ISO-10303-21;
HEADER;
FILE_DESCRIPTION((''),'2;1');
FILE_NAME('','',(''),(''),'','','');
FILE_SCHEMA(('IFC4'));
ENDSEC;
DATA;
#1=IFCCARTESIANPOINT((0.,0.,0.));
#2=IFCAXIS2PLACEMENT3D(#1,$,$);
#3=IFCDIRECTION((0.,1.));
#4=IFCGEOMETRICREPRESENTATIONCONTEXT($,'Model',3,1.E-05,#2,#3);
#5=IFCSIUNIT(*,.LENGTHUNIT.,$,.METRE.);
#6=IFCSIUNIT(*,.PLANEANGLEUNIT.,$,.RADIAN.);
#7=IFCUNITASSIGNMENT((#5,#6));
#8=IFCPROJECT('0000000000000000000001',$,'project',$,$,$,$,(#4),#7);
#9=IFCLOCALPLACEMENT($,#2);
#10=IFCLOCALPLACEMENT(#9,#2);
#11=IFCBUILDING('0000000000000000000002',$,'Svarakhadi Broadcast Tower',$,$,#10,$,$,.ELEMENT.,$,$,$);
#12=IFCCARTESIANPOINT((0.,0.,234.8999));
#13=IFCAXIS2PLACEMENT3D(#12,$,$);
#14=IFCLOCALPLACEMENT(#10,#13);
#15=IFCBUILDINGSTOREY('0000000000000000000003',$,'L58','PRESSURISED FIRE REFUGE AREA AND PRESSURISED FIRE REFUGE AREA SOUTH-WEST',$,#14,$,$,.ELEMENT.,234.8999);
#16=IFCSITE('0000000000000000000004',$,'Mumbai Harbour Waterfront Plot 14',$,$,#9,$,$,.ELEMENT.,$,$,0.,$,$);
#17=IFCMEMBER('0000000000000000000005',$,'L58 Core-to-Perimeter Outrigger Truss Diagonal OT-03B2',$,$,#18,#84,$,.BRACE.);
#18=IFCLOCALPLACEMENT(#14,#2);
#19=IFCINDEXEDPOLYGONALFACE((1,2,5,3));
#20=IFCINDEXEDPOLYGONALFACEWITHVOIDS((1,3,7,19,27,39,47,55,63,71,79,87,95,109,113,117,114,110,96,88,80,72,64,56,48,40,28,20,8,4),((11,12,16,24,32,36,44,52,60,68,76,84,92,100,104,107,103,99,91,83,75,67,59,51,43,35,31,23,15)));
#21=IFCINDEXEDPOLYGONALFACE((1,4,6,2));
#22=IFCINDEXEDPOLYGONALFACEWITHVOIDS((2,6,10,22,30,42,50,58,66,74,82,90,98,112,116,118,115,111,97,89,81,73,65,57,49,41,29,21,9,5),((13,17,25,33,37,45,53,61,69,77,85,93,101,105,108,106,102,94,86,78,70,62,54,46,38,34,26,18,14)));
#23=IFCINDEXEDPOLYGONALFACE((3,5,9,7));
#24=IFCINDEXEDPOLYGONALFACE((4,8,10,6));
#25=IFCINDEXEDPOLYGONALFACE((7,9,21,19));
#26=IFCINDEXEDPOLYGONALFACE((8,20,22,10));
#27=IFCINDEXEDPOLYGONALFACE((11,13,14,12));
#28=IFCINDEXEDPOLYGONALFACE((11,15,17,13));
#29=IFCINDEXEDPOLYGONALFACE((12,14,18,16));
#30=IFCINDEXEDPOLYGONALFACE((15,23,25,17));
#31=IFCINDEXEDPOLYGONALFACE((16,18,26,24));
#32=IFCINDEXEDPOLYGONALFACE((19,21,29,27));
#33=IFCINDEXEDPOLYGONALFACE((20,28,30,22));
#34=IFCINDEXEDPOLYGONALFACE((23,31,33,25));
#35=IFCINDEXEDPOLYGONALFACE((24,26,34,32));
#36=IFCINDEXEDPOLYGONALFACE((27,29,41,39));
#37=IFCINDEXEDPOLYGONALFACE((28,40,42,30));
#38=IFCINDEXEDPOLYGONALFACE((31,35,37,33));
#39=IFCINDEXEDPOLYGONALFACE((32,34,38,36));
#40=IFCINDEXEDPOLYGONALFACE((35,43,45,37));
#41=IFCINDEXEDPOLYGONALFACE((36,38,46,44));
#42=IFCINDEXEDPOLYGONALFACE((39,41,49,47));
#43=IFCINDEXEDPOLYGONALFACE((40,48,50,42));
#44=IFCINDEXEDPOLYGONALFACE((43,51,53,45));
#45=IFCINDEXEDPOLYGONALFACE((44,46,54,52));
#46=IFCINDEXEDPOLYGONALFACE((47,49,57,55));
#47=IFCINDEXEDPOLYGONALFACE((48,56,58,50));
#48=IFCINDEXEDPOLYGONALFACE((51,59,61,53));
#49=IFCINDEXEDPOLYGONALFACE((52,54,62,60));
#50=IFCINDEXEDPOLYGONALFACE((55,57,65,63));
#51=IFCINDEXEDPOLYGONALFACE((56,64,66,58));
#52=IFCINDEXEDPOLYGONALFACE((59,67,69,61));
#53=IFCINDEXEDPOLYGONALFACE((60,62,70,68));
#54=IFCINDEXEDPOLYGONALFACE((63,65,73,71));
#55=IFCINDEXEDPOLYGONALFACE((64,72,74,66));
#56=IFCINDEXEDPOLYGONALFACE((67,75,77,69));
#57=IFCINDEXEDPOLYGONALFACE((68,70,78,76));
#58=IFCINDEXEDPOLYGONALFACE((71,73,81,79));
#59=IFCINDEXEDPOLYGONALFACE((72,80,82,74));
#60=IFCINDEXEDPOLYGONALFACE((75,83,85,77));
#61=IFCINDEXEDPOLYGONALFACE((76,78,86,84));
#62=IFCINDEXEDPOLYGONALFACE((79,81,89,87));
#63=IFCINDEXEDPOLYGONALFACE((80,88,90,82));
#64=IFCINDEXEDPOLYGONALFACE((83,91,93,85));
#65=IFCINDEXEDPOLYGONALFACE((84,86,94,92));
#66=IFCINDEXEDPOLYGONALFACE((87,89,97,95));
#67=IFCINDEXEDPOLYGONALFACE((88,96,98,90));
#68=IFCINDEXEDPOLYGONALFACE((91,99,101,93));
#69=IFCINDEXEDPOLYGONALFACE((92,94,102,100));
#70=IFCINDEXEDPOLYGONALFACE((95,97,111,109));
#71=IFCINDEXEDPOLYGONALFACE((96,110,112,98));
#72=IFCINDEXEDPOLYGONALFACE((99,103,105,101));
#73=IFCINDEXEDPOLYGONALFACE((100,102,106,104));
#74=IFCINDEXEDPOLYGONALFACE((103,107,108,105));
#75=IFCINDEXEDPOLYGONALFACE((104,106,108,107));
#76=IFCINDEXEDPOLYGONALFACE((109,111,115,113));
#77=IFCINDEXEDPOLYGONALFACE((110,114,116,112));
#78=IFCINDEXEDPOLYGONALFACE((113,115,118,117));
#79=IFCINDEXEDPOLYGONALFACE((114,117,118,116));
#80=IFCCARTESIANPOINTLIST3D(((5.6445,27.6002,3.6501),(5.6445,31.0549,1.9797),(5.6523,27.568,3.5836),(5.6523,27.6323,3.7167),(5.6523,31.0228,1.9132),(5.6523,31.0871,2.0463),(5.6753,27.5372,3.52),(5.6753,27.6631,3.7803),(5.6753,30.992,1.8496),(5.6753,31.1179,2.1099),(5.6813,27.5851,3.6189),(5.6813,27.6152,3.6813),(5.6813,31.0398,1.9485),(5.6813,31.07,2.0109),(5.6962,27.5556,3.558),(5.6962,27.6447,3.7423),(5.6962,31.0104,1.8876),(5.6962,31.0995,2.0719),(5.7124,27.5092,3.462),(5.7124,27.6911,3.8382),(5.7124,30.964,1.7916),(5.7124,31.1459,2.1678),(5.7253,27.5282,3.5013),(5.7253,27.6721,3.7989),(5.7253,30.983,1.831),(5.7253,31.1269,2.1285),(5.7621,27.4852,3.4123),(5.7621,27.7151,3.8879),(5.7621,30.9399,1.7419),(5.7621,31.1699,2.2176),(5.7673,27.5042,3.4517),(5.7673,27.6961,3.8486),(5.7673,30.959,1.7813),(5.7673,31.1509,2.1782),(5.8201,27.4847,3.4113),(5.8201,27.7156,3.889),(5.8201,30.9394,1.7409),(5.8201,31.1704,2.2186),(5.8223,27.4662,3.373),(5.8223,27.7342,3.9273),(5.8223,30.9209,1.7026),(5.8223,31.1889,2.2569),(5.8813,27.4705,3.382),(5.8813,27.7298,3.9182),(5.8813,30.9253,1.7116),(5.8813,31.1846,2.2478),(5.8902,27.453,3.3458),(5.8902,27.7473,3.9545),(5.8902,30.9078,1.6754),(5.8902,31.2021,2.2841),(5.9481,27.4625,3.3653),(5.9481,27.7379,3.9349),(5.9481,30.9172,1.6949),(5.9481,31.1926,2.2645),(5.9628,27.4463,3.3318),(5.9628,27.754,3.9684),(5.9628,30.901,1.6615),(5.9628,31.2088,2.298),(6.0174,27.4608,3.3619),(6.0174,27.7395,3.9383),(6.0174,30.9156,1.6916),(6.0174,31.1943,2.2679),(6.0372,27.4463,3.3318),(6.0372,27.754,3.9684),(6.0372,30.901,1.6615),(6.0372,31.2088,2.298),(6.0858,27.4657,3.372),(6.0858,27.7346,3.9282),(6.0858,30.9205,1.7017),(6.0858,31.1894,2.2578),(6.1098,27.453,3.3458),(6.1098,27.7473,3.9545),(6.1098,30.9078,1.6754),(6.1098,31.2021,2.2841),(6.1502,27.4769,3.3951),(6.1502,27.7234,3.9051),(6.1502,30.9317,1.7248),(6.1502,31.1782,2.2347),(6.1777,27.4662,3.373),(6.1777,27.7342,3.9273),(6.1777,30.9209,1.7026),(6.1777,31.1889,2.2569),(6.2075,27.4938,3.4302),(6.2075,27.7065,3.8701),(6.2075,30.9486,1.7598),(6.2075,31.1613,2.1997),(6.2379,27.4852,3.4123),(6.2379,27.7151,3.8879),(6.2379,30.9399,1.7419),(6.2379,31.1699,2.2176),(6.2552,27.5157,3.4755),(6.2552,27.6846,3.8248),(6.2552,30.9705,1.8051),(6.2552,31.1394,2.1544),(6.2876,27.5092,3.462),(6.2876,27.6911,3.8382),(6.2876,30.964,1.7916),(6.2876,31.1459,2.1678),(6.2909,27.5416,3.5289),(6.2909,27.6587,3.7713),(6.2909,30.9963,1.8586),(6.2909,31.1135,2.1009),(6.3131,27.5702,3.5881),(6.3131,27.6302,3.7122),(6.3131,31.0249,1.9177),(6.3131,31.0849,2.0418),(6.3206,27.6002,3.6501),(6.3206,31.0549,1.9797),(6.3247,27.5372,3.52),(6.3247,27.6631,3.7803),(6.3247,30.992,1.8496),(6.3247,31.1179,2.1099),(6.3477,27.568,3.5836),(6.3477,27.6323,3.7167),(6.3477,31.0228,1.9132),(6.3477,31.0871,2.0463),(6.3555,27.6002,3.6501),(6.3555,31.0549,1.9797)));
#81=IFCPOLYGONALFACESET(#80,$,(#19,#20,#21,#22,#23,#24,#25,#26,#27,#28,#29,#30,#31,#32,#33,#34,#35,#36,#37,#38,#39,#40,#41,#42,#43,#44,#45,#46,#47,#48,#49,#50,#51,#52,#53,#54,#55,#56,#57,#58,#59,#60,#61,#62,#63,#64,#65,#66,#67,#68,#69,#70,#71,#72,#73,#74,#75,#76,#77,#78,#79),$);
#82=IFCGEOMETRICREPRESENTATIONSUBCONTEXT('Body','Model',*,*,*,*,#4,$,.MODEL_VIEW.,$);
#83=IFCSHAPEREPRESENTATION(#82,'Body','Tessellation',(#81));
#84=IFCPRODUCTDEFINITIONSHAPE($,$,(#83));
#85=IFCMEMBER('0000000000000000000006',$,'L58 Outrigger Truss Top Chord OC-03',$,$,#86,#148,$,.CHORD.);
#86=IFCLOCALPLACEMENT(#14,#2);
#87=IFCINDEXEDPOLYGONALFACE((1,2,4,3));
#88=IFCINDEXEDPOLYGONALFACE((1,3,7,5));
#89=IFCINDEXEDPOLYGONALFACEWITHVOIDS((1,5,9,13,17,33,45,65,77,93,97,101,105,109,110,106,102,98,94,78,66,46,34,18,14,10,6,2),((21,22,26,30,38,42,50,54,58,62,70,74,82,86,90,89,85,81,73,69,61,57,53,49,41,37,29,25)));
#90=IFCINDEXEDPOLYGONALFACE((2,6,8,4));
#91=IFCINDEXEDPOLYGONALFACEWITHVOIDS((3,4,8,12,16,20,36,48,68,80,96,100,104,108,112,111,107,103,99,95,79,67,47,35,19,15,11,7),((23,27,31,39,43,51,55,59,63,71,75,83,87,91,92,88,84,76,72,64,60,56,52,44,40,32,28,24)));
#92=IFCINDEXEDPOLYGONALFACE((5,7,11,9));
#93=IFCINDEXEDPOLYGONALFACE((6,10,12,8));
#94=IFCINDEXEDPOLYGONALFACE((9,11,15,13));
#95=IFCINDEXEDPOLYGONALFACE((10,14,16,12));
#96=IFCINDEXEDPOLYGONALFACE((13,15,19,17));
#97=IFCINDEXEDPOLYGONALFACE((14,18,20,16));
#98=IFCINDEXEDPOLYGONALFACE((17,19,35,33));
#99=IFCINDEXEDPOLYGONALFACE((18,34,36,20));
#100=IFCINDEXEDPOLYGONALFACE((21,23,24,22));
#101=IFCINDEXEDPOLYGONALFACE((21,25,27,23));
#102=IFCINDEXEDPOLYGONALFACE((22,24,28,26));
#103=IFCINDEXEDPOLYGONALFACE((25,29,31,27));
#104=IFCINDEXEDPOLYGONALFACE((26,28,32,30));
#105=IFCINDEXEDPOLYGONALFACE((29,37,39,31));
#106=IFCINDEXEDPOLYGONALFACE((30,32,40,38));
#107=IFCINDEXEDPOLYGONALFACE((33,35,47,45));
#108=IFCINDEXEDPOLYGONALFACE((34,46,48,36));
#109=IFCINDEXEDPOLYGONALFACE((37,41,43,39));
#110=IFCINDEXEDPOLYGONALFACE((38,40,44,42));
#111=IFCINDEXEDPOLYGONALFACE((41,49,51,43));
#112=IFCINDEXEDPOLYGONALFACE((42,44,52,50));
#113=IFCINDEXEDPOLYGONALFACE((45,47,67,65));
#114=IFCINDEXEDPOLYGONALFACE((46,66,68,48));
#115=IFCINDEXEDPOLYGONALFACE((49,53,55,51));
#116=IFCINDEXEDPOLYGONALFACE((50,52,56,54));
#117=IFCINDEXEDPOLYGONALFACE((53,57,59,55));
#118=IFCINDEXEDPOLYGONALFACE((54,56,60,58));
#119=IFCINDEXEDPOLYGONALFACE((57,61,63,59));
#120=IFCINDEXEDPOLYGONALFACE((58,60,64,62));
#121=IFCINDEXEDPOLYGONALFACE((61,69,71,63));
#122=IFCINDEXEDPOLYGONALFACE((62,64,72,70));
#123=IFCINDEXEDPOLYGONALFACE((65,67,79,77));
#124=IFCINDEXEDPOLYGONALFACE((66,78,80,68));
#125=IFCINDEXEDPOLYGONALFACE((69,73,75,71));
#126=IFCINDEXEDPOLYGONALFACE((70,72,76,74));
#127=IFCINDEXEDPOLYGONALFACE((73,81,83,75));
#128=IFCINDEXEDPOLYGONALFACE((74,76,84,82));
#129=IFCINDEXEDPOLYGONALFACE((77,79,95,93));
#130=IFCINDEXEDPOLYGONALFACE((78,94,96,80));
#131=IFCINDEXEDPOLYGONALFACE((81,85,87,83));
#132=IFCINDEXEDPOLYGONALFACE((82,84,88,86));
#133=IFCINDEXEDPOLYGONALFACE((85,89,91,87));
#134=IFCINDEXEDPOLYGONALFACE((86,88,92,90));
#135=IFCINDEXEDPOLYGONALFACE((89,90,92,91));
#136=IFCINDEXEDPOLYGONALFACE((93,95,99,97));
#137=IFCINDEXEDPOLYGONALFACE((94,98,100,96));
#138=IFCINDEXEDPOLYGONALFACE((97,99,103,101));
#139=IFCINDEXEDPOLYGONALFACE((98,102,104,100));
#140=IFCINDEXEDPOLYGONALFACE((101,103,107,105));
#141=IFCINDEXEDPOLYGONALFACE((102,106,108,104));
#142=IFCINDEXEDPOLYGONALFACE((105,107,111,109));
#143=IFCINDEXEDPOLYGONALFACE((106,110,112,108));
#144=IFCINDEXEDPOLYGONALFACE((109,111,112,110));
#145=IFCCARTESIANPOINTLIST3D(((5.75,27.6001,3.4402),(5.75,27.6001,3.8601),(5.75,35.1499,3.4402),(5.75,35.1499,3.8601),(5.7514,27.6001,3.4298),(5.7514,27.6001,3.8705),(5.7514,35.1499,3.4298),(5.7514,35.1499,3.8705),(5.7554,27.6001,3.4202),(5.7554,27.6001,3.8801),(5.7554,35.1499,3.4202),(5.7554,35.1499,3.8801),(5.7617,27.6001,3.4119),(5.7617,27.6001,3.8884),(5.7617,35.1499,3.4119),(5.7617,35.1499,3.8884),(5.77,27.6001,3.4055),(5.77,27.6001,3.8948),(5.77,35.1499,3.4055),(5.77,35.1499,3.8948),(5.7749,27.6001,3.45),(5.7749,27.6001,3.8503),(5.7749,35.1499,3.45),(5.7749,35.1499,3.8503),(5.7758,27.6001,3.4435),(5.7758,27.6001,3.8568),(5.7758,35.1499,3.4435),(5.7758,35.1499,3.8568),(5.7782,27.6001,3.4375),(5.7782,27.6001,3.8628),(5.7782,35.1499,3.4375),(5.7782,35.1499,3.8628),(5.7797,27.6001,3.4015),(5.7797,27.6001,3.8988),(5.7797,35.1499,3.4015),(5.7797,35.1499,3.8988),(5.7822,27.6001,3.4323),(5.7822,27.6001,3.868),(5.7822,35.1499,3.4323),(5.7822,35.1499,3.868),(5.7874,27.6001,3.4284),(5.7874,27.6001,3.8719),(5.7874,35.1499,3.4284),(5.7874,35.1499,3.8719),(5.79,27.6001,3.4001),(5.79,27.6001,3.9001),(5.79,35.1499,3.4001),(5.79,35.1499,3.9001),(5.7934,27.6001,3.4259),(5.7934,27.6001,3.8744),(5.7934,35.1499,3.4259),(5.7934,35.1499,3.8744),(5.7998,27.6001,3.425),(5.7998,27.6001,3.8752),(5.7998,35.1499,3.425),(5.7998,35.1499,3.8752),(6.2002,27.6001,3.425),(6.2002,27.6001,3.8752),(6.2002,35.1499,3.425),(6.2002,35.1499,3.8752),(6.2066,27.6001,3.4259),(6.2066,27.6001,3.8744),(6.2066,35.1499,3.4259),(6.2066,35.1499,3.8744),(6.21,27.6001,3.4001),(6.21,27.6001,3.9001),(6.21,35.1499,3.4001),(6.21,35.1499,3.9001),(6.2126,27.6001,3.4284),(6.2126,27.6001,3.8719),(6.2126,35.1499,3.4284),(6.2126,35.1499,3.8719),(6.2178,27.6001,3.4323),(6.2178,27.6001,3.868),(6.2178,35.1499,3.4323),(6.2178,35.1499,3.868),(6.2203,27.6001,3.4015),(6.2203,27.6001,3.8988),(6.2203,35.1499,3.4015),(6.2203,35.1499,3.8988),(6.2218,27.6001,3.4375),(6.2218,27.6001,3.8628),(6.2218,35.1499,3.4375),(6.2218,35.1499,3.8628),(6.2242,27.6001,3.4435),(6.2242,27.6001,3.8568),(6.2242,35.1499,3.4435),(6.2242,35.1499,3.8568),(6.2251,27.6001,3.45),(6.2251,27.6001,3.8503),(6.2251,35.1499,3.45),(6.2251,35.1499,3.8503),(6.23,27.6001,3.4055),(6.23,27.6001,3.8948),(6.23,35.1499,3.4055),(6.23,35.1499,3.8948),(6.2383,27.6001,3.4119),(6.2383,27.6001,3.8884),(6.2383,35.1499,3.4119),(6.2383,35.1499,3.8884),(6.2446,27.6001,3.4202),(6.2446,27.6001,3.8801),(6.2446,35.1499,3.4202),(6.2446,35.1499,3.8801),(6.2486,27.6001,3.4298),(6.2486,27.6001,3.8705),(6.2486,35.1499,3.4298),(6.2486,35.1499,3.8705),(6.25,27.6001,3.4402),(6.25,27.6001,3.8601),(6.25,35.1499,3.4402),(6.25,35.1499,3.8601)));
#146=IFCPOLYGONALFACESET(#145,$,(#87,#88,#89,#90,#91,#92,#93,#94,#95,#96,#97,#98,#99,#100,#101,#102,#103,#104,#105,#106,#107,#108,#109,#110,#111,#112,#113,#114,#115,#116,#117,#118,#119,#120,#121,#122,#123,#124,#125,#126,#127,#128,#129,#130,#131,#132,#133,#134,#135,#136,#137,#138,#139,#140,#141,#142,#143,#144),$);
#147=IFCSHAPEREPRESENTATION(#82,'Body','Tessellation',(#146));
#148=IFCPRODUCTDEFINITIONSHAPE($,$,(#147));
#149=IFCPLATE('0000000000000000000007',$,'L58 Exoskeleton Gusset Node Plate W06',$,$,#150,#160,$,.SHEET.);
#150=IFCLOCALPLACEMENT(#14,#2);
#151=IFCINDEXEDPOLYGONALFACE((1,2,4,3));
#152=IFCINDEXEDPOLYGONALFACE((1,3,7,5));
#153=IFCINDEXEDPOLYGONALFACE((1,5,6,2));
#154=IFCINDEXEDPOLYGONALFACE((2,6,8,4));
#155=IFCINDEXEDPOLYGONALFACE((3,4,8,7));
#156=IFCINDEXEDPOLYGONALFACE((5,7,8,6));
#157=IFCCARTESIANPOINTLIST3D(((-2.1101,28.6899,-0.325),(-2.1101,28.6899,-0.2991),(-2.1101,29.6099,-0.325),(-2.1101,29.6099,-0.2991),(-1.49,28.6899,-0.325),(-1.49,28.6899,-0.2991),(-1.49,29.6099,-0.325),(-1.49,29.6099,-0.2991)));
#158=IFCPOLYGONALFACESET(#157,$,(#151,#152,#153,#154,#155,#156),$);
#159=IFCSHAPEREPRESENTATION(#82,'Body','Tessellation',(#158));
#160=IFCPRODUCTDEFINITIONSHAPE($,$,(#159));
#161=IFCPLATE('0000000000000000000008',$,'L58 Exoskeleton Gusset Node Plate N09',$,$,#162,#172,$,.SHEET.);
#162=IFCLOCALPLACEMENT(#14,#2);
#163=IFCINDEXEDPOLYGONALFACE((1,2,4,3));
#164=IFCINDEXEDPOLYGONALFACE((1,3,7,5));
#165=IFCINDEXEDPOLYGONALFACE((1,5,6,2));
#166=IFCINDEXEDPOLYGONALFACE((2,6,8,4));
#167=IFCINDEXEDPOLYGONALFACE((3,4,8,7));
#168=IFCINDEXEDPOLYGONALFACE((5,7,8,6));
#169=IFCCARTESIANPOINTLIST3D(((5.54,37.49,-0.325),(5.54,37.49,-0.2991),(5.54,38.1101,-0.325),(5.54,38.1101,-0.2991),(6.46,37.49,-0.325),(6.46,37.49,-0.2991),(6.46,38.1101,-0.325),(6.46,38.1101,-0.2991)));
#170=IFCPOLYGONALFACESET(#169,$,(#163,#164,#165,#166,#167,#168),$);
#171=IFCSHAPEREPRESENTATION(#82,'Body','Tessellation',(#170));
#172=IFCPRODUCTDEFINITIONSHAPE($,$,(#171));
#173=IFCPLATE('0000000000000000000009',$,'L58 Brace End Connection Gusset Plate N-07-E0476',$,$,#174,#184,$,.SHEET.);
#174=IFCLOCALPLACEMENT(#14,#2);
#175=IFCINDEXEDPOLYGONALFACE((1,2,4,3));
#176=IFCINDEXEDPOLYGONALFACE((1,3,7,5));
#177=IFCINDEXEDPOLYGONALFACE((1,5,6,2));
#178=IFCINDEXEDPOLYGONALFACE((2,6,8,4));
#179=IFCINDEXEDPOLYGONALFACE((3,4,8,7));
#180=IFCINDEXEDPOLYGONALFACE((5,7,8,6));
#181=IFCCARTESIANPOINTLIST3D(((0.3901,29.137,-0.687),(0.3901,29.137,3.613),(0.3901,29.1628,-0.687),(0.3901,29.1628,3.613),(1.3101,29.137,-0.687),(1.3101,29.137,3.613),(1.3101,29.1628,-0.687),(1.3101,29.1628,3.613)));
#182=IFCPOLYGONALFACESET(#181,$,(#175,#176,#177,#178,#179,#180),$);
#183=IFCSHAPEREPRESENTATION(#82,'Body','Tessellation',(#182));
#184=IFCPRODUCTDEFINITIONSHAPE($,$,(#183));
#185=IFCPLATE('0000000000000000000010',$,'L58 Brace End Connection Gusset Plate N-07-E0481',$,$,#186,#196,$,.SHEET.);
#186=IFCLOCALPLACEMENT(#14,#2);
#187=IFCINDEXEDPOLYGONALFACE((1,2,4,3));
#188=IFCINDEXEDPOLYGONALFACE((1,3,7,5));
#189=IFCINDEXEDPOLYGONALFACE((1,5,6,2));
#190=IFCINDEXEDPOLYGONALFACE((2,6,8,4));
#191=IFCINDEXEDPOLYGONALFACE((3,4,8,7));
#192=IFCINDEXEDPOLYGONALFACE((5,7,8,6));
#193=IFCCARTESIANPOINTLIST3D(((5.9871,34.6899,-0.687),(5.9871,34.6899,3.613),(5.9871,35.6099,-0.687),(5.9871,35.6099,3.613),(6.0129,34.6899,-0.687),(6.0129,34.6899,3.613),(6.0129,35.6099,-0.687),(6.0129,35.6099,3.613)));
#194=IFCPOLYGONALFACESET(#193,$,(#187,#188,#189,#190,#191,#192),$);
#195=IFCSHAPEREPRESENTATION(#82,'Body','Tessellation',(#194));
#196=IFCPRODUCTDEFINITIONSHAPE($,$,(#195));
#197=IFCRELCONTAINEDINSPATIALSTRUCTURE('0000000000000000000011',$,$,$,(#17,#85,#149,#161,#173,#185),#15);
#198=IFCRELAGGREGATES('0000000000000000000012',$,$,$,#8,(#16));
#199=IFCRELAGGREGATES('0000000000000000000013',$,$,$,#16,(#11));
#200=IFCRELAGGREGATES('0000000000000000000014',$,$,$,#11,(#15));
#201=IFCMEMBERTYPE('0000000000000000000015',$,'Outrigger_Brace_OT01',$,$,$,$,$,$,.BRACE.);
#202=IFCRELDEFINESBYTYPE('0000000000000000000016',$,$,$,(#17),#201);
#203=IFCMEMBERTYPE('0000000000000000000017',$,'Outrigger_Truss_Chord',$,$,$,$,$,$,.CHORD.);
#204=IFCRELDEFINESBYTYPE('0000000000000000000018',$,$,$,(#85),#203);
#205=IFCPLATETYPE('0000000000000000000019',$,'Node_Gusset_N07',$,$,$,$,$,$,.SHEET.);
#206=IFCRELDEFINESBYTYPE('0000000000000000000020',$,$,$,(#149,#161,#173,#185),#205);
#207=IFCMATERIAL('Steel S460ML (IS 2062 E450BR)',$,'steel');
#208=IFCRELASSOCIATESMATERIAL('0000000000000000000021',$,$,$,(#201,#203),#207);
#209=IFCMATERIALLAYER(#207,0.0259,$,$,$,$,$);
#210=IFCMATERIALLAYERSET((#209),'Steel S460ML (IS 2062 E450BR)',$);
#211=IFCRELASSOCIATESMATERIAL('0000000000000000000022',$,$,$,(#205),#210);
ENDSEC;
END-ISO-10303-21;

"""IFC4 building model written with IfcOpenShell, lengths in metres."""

from ifc_helpers import new_model, si_unit, direction, frame, origin, origin_2d, place, context, subcontext, project, spatial, rectangle, hollow_rectangle, hollow_circle, extrude, material, layer, layer_set, material_profile, profile_set, type_object, element, save


model = new_model("IFC4")

# Units and contexts
model_context = context("Model", 3, precision=1e-05, world=origin(), true_north=direction((0.0, 1.0)))
body_context = subcontext(model_context, "Body", "Model", "MODEL_VIEW")
ifc_project = project(units=[si_unit("LENGTHUNIT", "METRE"), si_unit("PLANEANGLEUNIT", "RADIAN")], contexts=[model_context])

# Site, building, storey
site_placement = place(None, origin())
site = spatial("IfcSite", under=ifc_project, at=site_placement, Name="Mumbai Harbour Waterfront Plot 14", CompositionType="ELEMENT", RefElevation=0.0)
building_placement = place(site_placement, origin())
building = spatial("IfcBuilding", under=site, at=building_placement, Name="Svarakhadi Broadcast Tower", CompositionType="ELEMENT")
storey_placement = place(building_placement, frame((0.0, 0.0, 234.8999)))
storey = spatial("IfcBuildingStorey", under=building, at=storey_placement, Name="L58", Description="PRESSURISED FIRE REFUGE AREA AND PRESSURISED FIRE REFUGE AREA SOUTH-WEST", CompositionType="ELEMENT", Elevation=234.8999)

# Shared definitions
ifc_material_1 = material(Name="Steel S460ML (IS 2062 E450BR)", Category="steel")

# Members
ifc_material_profile_1 = material_profile(ifc_material_1, hollow_circle(Radius=0.3555, WallThickness=0.0349, at=origin_2d()), Name="CHS 711x35")
ifc_profile_set_1 = profile_set([ifc_material_profile_1], Name="Steel S460ML (IS 2062 E450BR)")
member_type_1 = type_object("IfcMemberType", Name="Outrigger_Brace_OT01", PredefinedType="BRACE", material=ifc_profile_set_1)
for number, where, z_axis, x_axis, name in (
    (1, (6.0, 31.0549, 1.9797), (0.0, -0.90029, 0.43529), (1.0, 0.0, 0.0), "L58 Core-to-Perimeter Outrigger Truss Diagonal OT-03B2"),
):
    element("IfcMember", number, at=place(storey_placement, frame(where, z_axis=z_axis, x_axis=x_axis)), inside=storey, type_object=member_type_1, Name=name, PredefinedType="BRACE", context=body_context, shape_type="SweptSolid", body=[
        extrude(hollow_circle(Radius=0.3555, WallThickness=0.0349, at=origin_2d()), origin(), (0.0, 0.0, 1.0), 3.8374),
    ])
ifc_material_profile_2 = material_profile(ifc_material_1, hollow_rectangle(XDim=0.5, YDim=0.5, WallThickness=0.0249, InnerFilletRadius=0.0249, OuterFilletRadius=0.04, at=origin_2d()), Name="SHS 500x500x25")
ifc_profile_set_2 = profile_set([ifc_material_profile_2], Name="Steel S460ML (IS 2062 E450BR)")
member_type_2 = type_object("IfcMemberType", Name="Outrigger_Truss_Chord", PredefinedType="CHORD", material=ifc_profile_set_2)
member_1_placement = place(storey_placement, frame((6.0, 27.6001, 3.6501), z_axis=(0.0, 1.0, 0.0), x_axis=(-1.0, 0.0, 0.0)))
element("IfcMember", 2, at=member_1_placement, inside=storey, type_object=member_type_2, Name="L58 Outrigger Truss Top Chord OC-03", PredefinedType="CHORD", context=body_context, shape_type="SweptSolid", body=[
    extrude(hollow_rectangle(XDim=0.5, YDim=0.5, WallThickness=0.0249, InnerFilletRadius=0.0249, OuterFilletRadius=0.04, at=origin_2d()), origin(), (0.0, 0.0, 1.0), 7.5498),
])

# Plates
ifc_layer_1 = layer(ifc_material_1, 0.0259)
ifc_layer_set_1 = layer_set([ifc_layer_1], Name="Steel S460ML (IS 2062 E450BR)")
plate_type_1 = type_object("IfcPlateType", Name="Node_Gusset_N07", PredefinedType="SHEET", material=ifc_layer_set_1)
for number, where, z_axis, x_axis, name in (
    (3, (-1.8, 29.1499, -0.325), (0.0, 0.0, 1.0), (0.0, 1.0, 0.0), "L58 Exoskeleton Gusset Node Plate W06"),
    (4, (6.0, 37.8, -0.325), (0.0, 0.0, 1.0), (1.0, 0.0, 0.0), "L58 Exoskeleton Gusset Node Plate N09"),
):
    element("IfcPlate", number, at=place(storey_placement, frame(where, z_axis=z_axis, x_axis=x_axis)), inside=storey, type_object=plate_type_1, Name=name, PredefinedType="SHEET", context=body_context, shape_type="SweptSolid", body=[
        extrude(rectangle(XDim=0.9199, YDim=0.6201, at=origin_2d()), origin(), (0.0, 0.0, 1.0), 0.0259),
    ])
for number, where, z_axis, x_axis, name in (
    (5, (0.8501, 29.1499, -0.687), (0.0, 0.0, 1.0), (1.0, 0.0, 0.0), "L58 Brace End Connection Gusset Plate N-07-E0476"),
    (6, (6.0, 35.1499, -0.687), (0.0, 0.0, 1.0), (0.0, 1.0, 0.0), "L58 Brace End Connection Gusset Plate N-07-E0481"),
):
    element("IfcPlate", number, at=place(storey_placement, frame(where, z_axis=z_axis, x_axis=x_axis)), inside=storey, type_object=plate_type_1, Name=name, PredefinedType="SHEET", context=body_context, shape_type="SweptSolid", body=[
        extrude(rectangle(XDim=0.9199, YDim=0.0259, at=origin_2d()), origin(), (0.0, 0.0, 1.0), 4.3),
    ])

save(model, "model.ifc")
